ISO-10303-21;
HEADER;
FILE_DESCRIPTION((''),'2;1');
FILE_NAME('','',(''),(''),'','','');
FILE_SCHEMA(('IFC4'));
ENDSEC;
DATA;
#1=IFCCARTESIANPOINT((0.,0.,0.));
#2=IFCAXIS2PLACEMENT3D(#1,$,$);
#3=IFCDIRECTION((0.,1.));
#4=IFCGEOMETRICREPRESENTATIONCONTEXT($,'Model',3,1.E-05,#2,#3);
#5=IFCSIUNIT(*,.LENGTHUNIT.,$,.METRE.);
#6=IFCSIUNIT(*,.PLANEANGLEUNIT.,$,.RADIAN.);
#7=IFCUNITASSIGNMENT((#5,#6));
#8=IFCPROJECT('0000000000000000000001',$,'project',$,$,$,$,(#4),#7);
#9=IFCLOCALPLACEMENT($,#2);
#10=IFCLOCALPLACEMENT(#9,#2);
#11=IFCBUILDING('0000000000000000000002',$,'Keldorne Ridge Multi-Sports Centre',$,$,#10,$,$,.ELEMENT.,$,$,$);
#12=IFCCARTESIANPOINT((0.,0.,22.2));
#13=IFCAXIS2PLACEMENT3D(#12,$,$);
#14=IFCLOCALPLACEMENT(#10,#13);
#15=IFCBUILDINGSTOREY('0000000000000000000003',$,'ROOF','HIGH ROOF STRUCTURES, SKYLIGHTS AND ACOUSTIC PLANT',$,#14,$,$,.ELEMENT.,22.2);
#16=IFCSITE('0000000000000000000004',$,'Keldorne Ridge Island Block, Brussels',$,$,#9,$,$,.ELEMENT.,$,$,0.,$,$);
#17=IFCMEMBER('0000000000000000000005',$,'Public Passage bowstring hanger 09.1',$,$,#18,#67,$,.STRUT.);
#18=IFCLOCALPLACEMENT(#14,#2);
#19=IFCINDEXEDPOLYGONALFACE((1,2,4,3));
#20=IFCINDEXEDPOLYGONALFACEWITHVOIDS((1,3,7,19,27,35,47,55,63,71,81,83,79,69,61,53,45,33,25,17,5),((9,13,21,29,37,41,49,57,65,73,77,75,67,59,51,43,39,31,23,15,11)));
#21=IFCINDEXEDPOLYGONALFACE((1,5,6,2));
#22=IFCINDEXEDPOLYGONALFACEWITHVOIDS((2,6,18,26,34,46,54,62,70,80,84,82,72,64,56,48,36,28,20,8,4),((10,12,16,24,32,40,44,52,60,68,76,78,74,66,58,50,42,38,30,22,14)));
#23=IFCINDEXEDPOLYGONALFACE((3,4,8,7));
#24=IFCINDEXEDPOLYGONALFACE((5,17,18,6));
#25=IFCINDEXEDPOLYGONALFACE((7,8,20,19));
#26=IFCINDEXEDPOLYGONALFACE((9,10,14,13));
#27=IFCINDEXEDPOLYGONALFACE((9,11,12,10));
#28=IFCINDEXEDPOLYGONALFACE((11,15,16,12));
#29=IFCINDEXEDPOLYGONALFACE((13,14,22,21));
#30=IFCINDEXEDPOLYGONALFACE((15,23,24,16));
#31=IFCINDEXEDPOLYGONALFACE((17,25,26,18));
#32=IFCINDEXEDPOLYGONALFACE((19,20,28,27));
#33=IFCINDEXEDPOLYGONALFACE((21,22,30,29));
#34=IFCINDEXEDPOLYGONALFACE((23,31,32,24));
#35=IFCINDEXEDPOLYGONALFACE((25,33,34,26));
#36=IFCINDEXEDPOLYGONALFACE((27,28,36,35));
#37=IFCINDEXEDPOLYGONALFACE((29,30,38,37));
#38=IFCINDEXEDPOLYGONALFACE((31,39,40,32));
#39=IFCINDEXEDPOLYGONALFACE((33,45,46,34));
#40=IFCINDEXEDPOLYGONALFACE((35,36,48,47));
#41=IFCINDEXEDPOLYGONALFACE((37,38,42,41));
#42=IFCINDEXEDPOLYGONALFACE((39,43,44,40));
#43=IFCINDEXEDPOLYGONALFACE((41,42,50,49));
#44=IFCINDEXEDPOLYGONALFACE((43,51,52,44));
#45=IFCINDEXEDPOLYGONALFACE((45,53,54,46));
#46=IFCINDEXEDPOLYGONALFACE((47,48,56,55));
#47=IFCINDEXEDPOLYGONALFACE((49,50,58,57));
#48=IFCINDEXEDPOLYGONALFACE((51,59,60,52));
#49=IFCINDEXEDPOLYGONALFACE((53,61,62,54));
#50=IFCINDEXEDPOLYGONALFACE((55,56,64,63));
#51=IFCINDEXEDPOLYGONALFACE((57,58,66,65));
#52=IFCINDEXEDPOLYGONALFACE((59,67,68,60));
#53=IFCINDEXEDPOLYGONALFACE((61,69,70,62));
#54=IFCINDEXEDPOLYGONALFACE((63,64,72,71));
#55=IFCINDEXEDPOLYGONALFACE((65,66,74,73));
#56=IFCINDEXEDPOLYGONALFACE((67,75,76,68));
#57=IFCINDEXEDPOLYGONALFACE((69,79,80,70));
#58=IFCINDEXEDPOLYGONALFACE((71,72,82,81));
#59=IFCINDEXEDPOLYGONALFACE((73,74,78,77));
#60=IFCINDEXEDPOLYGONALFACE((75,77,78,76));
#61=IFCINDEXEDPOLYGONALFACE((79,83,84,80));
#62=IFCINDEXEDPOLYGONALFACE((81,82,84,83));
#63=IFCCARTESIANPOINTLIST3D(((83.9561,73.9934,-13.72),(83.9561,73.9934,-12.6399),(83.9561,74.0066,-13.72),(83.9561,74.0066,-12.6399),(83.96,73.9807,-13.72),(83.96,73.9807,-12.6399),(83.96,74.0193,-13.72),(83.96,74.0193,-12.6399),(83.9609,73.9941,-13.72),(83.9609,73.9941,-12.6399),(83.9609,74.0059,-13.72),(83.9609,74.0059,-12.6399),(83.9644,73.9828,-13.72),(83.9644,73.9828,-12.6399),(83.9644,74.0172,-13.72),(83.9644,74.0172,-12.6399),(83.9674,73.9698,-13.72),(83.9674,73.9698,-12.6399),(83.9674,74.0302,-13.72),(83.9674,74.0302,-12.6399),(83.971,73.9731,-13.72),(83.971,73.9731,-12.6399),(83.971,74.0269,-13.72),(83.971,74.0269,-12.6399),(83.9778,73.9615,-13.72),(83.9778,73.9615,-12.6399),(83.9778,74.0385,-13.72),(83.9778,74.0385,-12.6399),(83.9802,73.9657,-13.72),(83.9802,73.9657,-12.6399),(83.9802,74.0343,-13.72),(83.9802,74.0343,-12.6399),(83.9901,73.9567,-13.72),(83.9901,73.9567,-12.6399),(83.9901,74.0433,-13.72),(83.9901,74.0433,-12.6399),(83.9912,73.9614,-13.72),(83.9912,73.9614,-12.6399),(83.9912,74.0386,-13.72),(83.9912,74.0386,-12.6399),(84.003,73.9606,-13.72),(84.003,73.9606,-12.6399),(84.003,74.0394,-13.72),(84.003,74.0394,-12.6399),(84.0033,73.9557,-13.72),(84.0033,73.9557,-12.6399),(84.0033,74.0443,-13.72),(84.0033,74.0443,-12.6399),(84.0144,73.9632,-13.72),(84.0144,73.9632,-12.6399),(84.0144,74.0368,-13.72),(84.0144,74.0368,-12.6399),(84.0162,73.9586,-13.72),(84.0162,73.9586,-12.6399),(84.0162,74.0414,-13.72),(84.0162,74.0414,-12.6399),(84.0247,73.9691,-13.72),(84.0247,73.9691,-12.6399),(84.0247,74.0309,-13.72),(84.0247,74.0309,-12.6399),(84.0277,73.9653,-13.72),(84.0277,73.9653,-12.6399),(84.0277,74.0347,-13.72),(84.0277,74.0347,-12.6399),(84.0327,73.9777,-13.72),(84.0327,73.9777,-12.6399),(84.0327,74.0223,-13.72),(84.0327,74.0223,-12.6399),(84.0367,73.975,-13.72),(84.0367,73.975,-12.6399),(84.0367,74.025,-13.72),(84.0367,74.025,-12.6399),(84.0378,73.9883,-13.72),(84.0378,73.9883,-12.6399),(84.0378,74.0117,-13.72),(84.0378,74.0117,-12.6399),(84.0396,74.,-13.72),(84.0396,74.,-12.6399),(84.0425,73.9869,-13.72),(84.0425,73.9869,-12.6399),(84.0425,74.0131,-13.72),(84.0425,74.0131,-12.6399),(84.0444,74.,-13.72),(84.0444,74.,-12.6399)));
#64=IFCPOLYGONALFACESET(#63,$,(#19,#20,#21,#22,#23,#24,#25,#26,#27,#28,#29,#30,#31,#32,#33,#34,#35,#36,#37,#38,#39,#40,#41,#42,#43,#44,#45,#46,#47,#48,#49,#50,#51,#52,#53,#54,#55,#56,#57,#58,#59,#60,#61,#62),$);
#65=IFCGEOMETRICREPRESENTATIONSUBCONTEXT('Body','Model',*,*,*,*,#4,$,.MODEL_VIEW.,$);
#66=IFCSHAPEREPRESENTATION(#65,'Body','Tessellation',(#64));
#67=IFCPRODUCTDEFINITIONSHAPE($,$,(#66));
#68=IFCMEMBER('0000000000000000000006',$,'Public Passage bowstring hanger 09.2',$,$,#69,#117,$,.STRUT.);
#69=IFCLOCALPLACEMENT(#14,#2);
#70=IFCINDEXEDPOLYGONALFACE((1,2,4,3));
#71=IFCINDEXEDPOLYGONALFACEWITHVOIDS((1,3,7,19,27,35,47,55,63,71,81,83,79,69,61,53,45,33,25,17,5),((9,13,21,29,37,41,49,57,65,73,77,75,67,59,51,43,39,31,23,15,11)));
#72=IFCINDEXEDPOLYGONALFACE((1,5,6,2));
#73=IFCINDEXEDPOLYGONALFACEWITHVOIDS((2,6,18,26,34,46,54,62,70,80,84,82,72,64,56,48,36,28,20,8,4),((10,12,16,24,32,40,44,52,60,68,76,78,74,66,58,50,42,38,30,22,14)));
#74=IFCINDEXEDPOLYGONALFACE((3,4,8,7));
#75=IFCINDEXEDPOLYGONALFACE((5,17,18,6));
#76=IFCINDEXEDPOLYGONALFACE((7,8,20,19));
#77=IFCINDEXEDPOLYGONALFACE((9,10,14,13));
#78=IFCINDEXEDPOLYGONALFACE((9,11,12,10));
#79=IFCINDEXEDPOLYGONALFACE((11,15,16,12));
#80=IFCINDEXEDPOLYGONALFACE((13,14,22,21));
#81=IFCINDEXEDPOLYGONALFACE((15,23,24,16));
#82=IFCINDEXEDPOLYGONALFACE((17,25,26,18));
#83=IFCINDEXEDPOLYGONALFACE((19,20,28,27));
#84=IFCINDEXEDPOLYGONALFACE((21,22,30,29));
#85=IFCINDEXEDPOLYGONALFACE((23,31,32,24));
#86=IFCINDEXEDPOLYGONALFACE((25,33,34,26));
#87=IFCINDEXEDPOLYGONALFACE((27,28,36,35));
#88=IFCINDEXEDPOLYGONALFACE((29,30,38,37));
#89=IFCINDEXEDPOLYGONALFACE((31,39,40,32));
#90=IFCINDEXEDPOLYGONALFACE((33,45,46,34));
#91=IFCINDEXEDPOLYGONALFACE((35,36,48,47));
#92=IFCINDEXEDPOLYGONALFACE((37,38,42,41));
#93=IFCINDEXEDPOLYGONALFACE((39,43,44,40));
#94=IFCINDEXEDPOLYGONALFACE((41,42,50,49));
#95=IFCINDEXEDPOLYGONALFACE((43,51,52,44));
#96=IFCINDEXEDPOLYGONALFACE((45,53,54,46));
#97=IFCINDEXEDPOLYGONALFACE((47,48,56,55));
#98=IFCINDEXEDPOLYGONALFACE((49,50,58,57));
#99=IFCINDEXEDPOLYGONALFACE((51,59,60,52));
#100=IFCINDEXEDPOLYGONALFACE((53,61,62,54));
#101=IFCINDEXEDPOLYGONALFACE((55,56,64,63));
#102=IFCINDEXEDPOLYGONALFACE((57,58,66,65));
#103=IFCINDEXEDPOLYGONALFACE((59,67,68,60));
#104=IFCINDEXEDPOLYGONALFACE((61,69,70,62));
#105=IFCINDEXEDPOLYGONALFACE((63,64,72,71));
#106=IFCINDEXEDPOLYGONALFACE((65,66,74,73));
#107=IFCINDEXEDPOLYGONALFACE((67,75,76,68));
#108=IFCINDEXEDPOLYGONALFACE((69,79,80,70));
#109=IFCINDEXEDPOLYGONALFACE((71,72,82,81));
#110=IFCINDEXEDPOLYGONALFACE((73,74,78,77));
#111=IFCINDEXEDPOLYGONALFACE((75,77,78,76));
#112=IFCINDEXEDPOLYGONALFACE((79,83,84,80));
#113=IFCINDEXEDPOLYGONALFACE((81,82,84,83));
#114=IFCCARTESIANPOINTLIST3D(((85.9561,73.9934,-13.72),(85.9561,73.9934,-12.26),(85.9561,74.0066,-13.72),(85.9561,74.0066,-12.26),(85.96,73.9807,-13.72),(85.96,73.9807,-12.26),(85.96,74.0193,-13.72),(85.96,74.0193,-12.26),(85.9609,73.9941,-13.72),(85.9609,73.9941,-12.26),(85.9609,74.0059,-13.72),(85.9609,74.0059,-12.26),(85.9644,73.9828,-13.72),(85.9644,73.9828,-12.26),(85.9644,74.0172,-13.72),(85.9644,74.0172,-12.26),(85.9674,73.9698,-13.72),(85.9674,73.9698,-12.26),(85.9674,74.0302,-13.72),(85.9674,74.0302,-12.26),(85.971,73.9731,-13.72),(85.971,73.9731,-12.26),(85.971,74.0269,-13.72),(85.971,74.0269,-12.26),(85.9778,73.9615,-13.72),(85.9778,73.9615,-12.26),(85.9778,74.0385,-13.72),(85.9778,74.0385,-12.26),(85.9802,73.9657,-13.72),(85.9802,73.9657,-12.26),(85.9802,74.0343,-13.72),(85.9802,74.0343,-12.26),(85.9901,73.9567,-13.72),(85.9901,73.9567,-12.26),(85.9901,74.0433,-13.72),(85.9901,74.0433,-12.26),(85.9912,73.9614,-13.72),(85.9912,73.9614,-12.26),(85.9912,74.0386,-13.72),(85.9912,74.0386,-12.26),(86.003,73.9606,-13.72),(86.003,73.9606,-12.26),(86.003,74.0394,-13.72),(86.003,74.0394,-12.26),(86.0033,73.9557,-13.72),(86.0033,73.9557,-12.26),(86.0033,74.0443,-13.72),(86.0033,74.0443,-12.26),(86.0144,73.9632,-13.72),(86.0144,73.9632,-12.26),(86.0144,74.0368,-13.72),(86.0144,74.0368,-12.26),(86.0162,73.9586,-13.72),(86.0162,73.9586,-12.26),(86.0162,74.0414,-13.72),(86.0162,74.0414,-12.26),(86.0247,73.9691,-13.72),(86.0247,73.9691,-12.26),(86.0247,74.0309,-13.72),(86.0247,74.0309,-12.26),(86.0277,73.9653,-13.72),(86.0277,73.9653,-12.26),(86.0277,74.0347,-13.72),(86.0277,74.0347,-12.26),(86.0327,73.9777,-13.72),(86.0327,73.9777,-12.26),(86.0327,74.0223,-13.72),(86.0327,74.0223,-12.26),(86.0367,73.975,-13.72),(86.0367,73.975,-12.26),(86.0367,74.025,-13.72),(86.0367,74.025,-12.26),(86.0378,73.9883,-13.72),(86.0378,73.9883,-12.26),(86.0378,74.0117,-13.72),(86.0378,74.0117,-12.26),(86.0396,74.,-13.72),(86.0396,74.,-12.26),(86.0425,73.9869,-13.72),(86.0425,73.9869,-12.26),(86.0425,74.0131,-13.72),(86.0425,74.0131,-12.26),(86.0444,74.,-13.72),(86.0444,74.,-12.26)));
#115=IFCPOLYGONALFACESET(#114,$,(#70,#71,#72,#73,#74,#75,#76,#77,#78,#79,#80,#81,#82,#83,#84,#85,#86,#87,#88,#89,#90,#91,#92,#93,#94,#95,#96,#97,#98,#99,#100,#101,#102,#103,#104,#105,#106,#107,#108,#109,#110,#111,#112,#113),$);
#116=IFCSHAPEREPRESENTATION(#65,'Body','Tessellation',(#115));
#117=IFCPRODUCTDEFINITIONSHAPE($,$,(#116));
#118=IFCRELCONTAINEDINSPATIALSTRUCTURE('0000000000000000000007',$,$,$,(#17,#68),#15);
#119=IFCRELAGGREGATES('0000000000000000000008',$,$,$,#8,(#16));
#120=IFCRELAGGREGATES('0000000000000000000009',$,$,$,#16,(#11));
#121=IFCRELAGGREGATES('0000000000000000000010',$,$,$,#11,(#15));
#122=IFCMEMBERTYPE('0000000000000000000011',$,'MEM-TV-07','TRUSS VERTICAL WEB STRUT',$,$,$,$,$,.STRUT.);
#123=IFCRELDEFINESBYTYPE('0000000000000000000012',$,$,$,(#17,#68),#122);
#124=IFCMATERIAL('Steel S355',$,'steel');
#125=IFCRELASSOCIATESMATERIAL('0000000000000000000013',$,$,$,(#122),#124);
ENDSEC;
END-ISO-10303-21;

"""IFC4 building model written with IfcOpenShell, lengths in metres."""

from ifc_helpers import new_model, si_unit, direction, frame, origin, origin_2d, place, context, subcontext, project, spatial, hollow_circle, extrude, material, material_profile, profile_set, type_object, element, save


model = new_model("IFC4")

# Units and contexts
model_context = context("Model", 3, precision=1e-05, world=origin(), true_north=direction((0.0, 1.0)))
body_context = subcontext(model_context, "Body", "Model", "MODEL_VIEW")
ifc_project = project(units=[si_unit("LENGTHUNIT", "METRE"), si_unit("PLANEANGLEUNIT", "RADIAN")], contexts=[model_context])

# Site, building, storey
site_placement = place(None, origin())
site = spatial("IfcSite", under=ifc_project, at=site_placement, Name="Keldorne Ridge Island Block, Brussels", CompositionType="ELEMENT", RefElevation=0.0)
building_placement = place(site_placement, origin())
building = spatial("IfcBuilding", under=site, at=building_placement, Name="Keldorne Ridge Multi-Sports Centre", CompositionType="ELEMENT")
storey_placement = place(building_placement, frame((0.0, 0.0, 22.2)))
storey = spatial("IfcBuildingStorey", under=building, at=storey_placement, Name="ROOF", Description="HIGH ROOF STRUCTURES, SKYLIGHTS AND ACOUSTIC PLANT", CompositionType="ELEMENT", Elevation=22.2)

# Members
ifc_material = material(Name="Steel S355", Category="steel")
ifc_material_profile_1 = material_profile(ifc_material, hollow_circle(Radius=0.0444, WallThickness=0.0049, at=origin_2d()), Name="CHS 88.9x5")
ifc_profile_set_1 = profile_set([ifc_material_profile_1], Name="Steel S355")
member_type_1 = type_object("IfcMemberType", Name="MEM-TV-07", Description="TRUSS VERTICAL WEB STRUT", PredefinedType="STRUT", material=ifc_profile_set_1)
for number, where, z_axis, x_axis, name in (
    (1, (84.0, 74.0, -13.72), (0.0, 0.0, 1.0), (1.0, 0.0, 0.0), "Public Passage bowstring hanger 09.1"),
):
    element("IfcMember", number, at=place(storey_placement, frame(where, z_axis=z_axis, x_axis=x_axis)), inside=storey, type_object=member_type_1, Name=name, PredefinedType="STRUT", context=body_context, shape_type="SweptSolid", body=[
        extrude(hollow_circle(Radius=0.0444, WallThickness=0.0049, at=origin_2d()), origin(), (0.0, 0.0, 1.0), 1.0801),
    ])
member_1_placement = place(storey_placement, frame((86.0, 74.0, -13.72), z_axis=(0.0, 0.0, 1.0), x_axis=(1.0, 0.0, 0.0)))
element("IfcMember", 2, at=member_1_placement, inside=storey, type_object=member_type_1, Name="Public Passage bowstring hanger 09.2", PredefinedType="STRUT", context=body_context, shape_type="SweptSolid", body=[
    extrude(hollow_circle(Radius=0.0444, WallThickness=0.0049, at=origin_2d()), origin(), (0.0, 0.0, 1.0), 1.46),
])

save(model, "model.ifc")
